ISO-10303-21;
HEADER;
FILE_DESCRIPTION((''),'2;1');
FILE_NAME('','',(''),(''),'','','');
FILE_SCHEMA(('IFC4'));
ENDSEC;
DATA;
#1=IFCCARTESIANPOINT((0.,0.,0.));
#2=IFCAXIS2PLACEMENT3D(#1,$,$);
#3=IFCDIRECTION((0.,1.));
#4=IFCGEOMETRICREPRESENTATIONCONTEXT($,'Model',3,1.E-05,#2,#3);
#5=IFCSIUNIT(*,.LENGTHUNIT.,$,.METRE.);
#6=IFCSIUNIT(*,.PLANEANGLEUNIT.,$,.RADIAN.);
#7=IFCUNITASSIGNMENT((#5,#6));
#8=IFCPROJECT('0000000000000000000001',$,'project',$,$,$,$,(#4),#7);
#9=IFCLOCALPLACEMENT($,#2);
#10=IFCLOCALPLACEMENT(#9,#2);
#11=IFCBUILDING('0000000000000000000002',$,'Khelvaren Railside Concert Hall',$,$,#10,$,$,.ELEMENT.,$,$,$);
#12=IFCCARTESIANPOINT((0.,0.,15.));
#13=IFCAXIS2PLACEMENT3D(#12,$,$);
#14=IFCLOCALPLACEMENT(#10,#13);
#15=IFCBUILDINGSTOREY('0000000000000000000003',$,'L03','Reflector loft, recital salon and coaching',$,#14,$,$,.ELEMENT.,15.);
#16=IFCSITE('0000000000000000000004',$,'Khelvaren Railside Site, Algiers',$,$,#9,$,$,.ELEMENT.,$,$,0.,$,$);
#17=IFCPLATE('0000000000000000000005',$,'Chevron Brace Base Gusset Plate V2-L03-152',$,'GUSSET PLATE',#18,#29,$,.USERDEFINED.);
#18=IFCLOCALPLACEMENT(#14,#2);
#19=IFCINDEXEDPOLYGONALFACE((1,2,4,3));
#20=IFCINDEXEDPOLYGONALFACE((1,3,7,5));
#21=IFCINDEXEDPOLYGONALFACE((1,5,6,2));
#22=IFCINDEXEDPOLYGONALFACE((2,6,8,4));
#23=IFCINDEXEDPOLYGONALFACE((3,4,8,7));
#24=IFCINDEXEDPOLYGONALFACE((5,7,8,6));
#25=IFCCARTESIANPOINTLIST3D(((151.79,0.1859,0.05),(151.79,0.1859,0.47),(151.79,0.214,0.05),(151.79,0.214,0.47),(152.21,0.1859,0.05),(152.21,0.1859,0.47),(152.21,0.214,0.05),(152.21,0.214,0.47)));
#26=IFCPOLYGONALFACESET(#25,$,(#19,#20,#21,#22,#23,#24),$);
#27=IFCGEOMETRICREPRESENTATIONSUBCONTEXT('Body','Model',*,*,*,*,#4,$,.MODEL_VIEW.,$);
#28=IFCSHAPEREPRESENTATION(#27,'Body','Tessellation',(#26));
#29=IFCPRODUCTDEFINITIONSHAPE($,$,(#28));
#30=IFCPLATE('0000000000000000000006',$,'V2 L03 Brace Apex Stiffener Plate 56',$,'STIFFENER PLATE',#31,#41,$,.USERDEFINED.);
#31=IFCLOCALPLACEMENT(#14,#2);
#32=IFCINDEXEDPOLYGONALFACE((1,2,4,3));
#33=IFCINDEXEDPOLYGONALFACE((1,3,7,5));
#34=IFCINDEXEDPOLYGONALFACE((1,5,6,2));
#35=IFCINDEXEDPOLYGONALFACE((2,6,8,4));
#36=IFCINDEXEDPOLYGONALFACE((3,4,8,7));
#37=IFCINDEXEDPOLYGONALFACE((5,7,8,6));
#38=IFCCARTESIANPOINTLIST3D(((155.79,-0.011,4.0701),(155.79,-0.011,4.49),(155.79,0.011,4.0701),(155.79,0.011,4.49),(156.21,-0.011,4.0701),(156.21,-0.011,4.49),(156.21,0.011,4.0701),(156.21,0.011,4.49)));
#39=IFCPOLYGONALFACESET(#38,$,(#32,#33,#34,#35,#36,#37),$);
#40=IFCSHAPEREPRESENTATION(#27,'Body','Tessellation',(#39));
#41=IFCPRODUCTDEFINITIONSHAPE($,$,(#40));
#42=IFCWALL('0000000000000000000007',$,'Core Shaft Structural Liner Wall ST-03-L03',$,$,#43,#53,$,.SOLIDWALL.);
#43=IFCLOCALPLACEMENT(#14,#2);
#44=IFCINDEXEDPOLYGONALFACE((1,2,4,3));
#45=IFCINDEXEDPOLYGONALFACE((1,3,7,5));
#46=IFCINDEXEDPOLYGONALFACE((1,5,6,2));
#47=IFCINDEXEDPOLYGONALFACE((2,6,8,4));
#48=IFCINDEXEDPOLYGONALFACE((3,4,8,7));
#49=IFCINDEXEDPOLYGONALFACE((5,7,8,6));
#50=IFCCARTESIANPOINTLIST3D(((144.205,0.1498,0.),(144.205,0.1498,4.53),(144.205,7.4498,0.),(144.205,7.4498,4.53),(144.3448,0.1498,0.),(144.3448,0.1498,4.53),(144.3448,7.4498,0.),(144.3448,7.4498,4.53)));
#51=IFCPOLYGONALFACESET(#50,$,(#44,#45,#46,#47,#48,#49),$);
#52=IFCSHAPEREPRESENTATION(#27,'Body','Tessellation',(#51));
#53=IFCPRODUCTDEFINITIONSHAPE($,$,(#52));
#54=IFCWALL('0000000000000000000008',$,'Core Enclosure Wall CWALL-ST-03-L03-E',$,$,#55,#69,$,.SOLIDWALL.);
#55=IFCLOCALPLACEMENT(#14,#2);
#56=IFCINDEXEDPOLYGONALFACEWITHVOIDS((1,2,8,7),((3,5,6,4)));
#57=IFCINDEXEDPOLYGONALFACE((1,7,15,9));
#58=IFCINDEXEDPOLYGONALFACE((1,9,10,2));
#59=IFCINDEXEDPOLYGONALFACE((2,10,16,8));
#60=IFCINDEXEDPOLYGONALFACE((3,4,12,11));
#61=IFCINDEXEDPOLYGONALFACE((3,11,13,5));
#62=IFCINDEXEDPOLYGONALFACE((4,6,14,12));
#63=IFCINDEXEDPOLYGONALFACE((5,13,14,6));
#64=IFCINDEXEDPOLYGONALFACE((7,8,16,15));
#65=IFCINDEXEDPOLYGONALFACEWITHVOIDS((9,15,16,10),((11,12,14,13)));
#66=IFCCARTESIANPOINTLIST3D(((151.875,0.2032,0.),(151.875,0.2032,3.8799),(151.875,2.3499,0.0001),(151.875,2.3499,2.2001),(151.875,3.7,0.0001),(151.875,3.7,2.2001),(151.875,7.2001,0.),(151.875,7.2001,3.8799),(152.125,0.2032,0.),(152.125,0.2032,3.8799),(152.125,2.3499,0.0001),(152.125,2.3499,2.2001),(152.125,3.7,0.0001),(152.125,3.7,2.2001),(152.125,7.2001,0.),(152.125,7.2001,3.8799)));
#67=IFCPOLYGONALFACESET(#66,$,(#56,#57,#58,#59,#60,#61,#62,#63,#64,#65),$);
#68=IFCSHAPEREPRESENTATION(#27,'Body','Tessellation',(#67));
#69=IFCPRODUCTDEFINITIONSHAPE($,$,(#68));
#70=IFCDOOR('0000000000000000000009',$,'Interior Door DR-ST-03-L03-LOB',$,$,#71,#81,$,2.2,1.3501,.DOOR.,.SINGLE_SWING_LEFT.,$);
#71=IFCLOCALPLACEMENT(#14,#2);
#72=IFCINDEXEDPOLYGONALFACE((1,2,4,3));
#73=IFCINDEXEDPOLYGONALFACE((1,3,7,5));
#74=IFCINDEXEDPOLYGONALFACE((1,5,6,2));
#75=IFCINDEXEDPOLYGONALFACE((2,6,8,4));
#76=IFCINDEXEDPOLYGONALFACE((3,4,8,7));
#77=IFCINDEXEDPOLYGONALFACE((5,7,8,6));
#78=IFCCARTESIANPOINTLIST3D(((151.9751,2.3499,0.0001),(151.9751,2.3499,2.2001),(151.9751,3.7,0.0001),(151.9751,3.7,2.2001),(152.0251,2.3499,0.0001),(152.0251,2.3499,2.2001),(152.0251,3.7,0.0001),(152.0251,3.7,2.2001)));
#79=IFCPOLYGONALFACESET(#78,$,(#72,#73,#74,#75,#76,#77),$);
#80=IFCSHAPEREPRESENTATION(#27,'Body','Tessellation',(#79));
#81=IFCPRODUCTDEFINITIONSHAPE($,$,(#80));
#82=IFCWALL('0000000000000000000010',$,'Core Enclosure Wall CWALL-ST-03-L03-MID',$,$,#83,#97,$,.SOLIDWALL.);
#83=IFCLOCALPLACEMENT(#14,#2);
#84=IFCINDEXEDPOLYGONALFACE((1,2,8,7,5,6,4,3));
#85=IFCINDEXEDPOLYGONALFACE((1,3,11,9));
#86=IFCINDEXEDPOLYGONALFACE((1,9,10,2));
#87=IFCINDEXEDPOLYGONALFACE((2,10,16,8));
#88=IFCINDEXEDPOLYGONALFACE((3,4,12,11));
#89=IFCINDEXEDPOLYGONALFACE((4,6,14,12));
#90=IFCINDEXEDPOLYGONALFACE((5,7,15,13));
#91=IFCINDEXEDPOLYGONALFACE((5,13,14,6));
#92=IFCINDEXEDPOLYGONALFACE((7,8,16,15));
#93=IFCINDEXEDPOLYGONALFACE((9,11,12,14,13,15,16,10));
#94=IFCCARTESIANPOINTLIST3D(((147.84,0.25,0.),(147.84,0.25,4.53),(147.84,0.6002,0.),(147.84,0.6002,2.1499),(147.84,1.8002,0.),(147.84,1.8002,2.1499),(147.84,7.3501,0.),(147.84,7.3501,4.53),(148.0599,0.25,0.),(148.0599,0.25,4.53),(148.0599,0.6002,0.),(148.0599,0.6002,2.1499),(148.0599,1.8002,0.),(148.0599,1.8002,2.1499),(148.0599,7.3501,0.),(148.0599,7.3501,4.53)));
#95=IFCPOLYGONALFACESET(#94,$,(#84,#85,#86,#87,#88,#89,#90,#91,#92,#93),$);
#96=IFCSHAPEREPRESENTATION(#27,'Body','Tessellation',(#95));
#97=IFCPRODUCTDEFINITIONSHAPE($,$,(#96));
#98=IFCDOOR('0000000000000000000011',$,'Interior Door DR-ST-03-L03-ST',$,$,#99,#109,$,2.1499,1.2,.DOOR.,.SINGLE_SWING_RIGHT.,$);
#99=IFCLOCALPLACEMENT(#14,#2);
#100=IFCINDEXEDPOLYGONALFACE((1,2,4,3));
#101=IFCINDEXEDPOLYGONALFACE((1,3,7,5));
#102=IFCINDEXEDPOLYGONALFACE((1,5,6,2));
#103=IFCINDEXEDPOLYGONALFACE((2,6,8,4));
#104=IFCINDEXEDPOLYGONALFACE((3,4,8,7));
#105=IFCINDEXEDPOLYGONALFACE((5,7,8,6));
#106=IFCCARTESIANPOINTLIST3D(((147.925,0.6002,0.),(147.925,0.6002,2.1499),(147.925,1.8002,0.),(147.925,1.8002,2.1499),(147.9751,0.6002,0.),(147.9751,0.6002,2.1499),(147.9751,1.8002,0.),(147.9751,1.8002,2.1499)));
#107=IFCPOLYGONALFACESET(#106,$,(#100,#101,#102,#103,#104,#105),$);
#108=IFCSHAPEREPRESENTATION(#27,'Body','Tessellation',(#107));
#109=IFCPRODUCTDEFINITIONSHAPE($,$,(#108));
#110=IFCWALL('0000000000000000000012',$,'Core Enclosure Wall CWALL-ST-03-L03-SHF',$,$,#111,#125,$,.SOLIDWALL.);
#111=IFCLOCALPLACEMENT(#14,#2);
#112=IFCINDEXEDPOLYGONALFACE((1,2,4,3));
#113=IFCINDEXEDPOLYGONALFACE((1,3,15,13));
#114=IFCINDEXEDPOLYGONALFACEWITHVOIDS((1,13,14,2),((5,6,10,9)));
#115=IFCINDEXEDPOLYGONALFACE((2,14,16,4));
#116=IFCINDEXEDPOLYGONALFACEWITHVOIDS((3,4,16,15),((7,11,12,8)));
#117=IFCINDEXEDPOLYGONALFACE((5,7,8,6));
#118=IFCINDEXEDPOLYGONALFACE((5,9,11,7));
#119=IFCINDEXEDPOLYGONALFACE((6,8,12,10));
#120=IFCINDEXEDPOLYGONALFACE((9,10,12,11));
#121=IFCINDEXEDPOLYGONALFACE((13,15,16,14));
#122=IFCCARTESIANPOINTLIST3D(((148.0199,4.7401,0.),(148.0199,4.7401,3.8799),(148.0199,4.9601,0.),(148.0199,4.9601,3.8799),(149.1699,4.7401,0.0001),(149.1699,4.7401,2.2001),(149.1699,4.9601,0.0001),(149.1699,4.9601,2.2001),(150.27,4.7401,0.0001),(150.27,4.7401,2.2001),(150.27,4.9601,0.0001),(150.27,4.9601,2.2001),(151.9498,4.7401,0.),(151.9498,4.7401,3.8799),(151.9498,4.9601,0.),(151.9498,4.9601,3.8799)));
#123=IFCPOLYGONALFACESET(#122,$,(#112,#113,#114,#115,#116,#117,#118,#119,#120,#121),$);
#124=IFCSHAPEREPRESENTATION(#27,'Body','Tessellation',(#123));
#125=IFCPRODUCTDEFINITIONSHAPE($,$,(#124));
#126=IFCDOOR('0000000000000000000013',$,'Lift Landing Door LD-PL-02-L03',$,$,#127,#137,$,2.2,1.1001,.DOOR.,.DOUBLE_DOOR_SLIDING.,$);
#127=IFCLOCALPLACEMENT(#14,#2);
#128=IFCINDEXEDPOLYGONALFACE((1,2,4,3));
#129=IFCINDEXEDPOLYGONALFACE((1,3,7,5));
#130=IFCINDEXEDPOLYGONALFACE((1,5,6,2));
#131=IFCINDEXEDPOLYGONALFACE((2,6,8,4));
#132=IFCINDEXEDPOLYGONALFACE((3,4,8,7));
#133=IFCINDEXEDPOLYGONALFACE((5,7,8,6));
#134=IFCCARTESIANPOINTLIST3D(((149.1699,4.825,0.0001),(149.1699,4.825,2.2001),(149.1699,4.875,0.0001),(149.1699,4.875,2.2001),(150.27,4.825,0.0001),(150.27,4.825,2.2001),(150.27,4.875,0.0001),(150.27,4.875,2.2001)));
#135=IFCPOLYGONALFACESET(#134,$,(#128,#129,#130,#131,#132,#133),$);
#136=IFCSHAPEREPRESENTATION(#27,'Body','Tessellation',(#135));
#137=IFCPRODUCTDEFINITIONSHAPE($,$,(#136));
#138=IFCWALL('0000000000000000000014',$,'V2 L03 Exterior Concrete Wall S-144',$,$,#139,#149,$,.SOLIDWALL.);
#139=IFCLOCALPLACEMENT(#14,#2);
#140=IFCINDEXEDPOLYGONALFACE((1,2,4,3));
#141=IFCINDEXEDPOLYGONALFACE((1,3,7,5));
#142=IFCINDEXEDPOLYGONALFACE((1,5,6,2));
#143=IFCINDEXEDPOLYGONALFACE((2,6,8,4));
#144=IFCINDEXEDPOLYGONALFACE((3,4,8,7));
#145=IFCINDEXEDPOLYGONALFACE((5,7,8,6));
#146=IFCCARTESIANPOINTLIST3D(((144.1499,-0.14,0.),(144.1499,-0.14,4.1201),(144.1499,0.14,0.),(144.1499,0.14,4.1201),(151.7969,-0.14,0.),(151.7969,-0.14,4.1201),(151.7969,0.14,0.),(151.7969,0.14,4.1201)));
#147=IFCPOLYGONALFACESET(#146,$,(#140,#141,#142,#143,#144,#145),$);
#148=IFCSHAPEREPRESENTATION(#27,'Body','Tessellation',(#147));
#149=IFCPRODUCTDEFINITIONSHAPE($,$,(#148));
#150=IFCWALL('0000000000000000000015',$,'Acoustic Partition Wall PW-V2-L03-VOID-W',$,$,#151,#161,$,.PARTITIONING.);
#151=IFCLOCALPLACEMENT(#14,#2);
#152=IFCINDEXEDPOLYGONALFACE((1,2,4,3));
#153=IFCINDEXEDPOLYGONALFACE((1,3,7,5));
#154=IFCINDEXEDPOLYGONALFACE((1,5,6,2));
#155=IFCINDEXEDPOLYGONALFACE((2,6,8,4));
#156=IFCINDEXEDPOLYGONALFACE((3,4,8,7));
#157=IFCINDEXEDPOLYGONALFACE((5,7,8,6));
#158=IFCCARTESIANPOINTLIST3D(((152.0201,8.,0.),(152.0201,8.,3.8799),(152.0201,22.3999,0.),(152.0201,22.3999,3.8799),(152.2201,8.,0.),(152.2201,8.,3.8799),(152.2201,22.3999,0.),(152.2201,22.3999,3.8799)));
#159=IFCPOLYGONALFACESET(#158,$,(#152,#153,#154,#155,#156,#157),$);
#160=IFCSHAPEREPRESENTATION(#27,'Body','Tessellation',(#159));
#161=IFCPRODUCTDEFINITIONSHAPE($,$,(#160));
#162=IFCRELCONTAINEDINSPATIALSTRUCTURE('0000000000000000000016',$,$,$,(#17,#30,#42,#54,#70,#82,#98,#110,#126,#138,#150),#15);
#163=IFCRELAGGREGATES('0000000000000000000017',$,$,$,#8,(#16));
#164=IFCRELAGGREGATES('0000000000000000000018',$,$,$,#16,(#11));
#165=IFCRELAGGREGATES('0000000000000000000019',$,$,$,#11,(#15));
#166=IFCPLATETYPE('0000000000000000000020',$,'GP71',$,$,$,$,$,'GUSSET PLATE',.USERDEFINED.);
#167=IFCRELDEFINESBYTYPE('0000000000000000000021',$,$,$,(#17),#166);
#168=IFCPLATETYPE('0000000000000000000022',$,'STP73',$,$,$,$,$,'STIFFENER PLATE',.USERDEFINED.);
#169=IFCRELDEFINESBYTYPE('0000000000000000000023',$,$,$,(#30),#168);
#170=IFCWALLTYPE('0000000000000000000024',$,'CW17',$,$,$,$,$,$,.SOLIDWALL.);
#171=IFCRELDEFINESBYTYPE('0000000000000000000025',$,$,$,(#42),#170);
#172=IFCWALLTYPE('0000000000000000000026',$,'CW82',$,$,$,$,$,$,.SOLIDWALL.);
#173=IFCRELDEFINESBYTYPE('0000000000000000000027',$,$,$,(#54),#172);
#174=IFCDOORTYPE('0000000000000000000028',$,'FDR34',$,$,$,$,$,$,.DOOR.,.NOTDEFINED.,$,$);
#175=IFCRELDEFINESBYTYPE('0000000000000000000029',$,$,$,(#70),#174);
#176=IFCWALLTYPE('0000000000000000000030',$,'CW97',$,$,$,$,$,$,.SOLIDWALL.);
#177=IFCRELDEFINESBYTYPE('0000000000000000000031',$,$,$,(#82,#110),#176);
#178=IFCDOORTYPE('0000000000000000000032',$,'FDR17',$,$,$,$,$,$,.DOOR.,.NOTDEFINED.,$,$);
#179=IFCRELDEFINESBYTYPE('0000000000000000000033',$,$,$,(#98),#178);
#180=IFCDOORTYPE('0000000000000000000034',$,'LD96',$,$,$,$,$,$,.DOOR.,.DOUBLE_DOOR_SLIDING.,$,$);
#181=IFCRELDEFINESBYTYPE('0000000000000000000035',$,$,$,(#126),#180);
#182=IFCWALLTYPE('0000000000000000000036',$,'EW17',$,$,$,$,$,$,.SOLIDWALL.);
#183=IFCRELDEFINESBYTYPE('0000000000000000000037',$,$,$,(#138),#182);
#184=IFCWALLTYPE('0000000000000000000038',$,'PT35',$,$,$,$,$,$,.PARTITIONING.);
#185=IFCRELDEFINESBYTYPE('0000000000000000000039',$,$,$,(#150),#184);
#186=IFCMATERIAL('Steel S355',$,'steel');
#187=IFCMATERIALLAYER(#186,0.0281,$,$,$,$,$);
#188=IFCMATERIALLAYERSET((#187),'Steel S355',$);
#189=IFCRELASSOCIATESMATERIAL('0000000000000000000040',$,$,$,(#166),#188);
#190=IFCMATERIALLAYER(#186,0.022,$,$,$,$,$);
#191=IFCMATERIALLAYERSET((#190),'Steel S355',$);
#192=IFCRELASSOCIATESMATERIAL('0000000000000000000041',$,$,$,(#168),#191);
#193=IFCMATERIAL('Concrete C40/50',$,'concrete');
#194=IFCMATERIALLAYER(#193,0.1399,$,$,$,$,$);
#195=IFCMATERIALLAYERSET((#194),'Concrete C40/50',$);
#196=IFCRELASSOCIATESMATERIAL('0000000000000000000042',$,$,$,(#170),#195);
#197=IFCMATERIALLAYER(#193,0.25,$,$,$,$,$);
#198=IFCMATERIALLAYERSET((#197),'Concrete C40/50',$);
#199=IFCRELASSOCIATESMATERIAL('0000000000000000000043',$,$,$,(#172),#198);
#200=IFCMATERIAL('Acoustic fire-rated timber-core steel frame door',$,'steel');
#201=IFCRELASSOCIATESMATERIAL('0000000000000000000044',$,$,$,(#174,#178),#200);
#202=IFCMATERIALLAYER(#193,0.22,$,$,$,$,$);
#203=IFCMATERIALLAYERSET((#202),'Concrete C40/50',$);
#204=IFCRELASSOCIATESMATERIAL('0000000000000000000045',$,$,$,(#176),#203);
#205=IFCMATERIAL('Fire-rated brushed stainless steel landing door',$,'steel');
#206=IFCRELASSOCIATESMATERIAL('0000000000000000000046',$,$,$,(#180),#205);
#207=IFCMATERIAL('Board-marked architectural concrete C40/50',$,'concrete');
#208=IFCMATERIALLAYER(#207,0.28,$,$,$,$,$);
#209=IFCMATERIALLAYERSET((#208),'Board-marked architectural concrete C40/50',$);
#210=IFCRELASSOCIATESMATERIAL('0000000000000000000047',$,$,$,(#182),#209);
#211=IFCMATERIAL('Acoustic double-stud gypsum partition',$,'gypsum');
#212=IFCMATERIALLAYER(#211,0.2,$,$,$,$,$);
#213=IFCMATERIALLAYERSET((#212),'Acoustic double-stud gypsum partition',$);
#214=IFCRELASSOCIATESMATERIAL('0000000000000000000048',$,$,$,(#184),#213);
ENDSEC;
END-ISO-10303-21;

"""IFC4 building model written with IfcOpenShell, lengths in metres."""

from ifc_helpers import new_model, si_unit, direction, frame, frame_2d, origin, origin_2d, place, context, subcontext, project, spatial, rectangle, extrude, material, layer, layer_set, type_object, element, fill, save


model = new_model("IFC4")

# Units and contexts
model_context = context("Model", 3, precision=1e-05, world=origin(), true_north=direction((0.0, 1.0)))
body_context = subcontext(model_context, "Body", "Model", "MODEL_VIEW")
ifc_project = project(units=[si_unit("LENGTHUNIT", "METRE"), si_unit("PLANEANGLEUNIT", "RADIAN")], contexts=[model_context])

# Site, building, storey
site_placement = place(None, origin())
site = spatial("IfcSite", under=ifc_project, at=site_placement, Name="Khelvaren Railside Site, Algiers", CompositionType="ELEMENT", RefElevation=0.0)
building_placement = place(site_placement, origin())
building = spatial("IfcBuilding", under=site, at=building_placement, Name="Khelvaren Railside Concert Hall", CompositionType="ELEMENT")
storey_placement = place(building_placement, frame((0.0, 0.0, 15.0)))
storey = spatial("IfcBuildingStorey", under=building, at=storey_placement, Name="L03", Description="Reflector loft, recital salon and coaching", CompositionType="ELEMENT", Elevation=15.0)

# Shared definitions
ifc_material_1 = material(Name="Steel S355", Category="steel")

# Shared definitions
ifc_material_2 = material(Name="Concrete C40/50", Category="concrete")

# Plates
ifc_layer_1 = layer(ifc_material_1, 0.0281)
ifc_layer_set_1 = layer_set([ifc_layer_1], Name="Steel S355")
plate_type_1 = type_object("IfcPlateType", Name="GP71", ElementType="GUSSET PLATE", PredefinedType="USERDEFINED", material=ifc_layer_set_1)
plate_1_placement = place(storey_placement, frame((152.0, 0.2, 0.05), z_axis=(0.0, 0.0, 1.0), x_axis=(1.0, 0.0, 0.0)))
element("IfcPlate", 1, at=plate_1_placement, inside=storey, type_object=plate_type_1, Name="Chevron Brace Base Gusset Plate V2-L03-152", ObjectType="GUSSET PLATE", PredefinedType="USERDEFINED", context=body_context, shape_type="SweptSolid", body=[
    extrude(rectangle(XDim=0.4199, YDim=0.0281, at=origin_2d()), origin(), (0.0, 0.0, 1.0), 0.4199),
])
ifc_layer_2 = layer(ifc_material_1, 0.022)
ifc_layer_set_2 = layer_set([ifc_layer_2], Name="Steel S355")
plate_type_2 = type_object("IfcPlateType", Name="STP73", ElementType="STIFFENER PLATE", PredefinedType="USERDEFINED", material=ifc_layer_set_2)
plate_2_placement = place(storey_placement, frame((156.0, 0.0, 4.0701), z_axis=(0.0, 0.0, 1.0), x_axis=(1.0, 0.0, 0.0)))
element("IfcPlate", 2, at=plate_2_placement, inside=storey, type_object=plate_type_2, Name="V2 L03 Brace Apex Stiffener Plate 56", ObjectType="STIFFENER PLATE", PredefinedType="USERDEFINED", context=body_context, shape_type="SweptSolid", body=[
    extrude(rectangle(XDim=0.4199, YDim=0.022, at=origin_2d()), origin(), (0.0, 0.0, 1.0), 0.4199),
])

# Wall
ifc_layer_3 = layer(ifc_material_2, 0.1399)
ifc_layer_set_3 = layer_set([ifc_layer_3], Name="Concrete C40/50")
wall_type_1 = type_object("IfcWallType", Name="CW17", PredefinedType="SOLIDWALL", material=ifc_layer_set_3)
wall_1_placement = place(storey_placement, frame((144.2749, 0.1499, 0.0), z_axis=(0.0, 0.0, 1.0), x_axis=(0.0, 1.0, 0.0)))
element("IfcWall", 3, at=wall_1_placement, inside=storey, type_object=wall_type_1, Name="Core Shaft Structural Liner Wall ST-03-L03", PredefinedType="SOLIDWALL", context=body_context, shape_type="SweptSolid", body=[
    extrude(rectangle(XDim=7.3, YDim=0.1399, at=frame_2d((3.6499, 0.0))), origin(), (0.0, 0.0, 1.0), 4.53),
])

# Walls, openings, doors
ifc_layer_4 = layer(ifc_material_2, 0.25)
ifc_layer_set_4 = layer_set([ifc_layer_4], Name="Concrete C40/50")
wall_type_2 = type_object("IfcWallType", Name="CW82", PredefinedType="SOLIDWALL", material=ifc_layer_set_4)
wall_2_placement = place(storey_placement, frame((152.0, 0.2031, 0.0), z_axis=(0.0, 0.0, 1.0), x_axis=(0.0, 1.0, 0.0)))
wall_2 = element("IfcWall", 4, at=wall_2_placement, inside=storey, type_object=wall_type_2, Name="Core Enclosure Wall CWALL-ST-03-L03-E", PredefinedType="SOLIDWALL", context=body_context, shape_type="SweptSolid", body=[
    extrude(rectangle(XDim=6.9968, YDim=0.25, at=frame_2d((3.4985, 0.0))), origin(), (0.0, 0.0, 1.0), 3.8799),
])
opening_1_placement = place(wall_2_placement, frame((2.1467, 0.0, 0.0)))
opening_1 = element("IfcOpeningElement", 5, at=opening_1_placement, cuts=wall_2, PredefinedType="OPENING", context=body_context, shape_type="SweptSolid", body=[
    extrude(rectangle(XDim=1.3501, YDim=2.2, at=frame_2d((0.675, 1.1001))), frame((0.0, 0.135, 0.0), z_axis=(0.0, -1.0, 0.0), x_axis=(1.0, 0.0, 0.0)), (0.0, 0.0, 1.0), 0.27),
])
ifc_material_3 = material(Name="Acoustic fire-rated timber-core steel frame door", Category="steel")
door_type_1 = type_object("IfcDoorType", Name="FDR34", OperationType="NOTDEFINED", PredefinedType="DOOR", material=ifc_material_3)
door_1_placement = place(opening_1_placement, origin())
door_1 = element("IfcDoor", 6, at=door_1_placement, inside=storey, type_object=door_type_1, Name="Interior Door DR-ST-03-L03-LOB", OperationType="SINGLE_SWING_LEFT", OverallHeight=2.2, OverallWidth=1.3501, PredefinedType="DOOR", context=body_context, shape_type="SweptSolid", body=[
    extrude(rectangle(XDim=1.3501, YDim=2.2, at=frame_2d((0.675, 1.1001))), frame((0.0, 0.0249, 0.0), z_axis=(0.0, -1.0, 0.0), x_axis=(1.0, 0.0, 0.0)), (0.0, 0.0, 1.0), 0.05),
])
fill(opening_1, door_1)
ifc_layer_5 = layer(ifc_material_2, 0.22)
ifc_layer_set_5 = layer_set([ifc_layer_5], Name="Concrete C40/50")
wall_type_3 = type_object("IfcWallType", Name="CW97", PredefinedType="SOLIDWALL", material=ifc_layer_set_5)
wall_3_placement = place(storey_placement, frame((147.95, 0.25, 0.0), z_axis=(0.0, 0.0, 1.0), x_axis=(0.0, 1.0, 0.0)))
wall_3 = element("IfcWall", 7, at=wall_3_placement, inside=storey, type_object=wall_type_3, Name="Core Enclosure Wall CWALL-ST-03-L03-MID", PredefinedType="SOLIDWALL", context=body_context, shape_type="SweptSolid", body=[
    extrude(rectangle(XDim=7.1001, YDim=0.22, at=frame_2d((3.55, 0.0))), origin(), (0.0, 0.0, 1.0), 4.53),
])
opening_2_placement = place(wall_3_placement, frame((0.3501, 0.0, 0.0)))
opening_2 = element("IfcOpeningElement", 8, at=opening_2_placement, cuts=wall_3, PredefinedType="OPENING", context=body_context, shape_type="SweptSolid", body=[
    extrude(rectangle(XDim=1.2, YDim=2.1499, at=frame_2d((0.6001, 1.075))), frame((0.0, 0.1199, 0.0), z_axis=(0.0, -1.0, 0.0), x_axis=(1.0, 0.0, 0.0)), (0.0, 0.0, 1.0), 0.24),
])
door_type_2 = type_object("IfcDoorType", Name="FDR17", OperationType="NOTDEFINED", PredefinedType="DOOR", material=ifc_material_3)
door_2_placement = place(opening_2_placement, origin())
door_2 = element("IfcDoor", 9, at=door_2_placement, inside=storey, type_object=door_type_2, Name="Interior Door DR-ST-03-L03-ST", OperationType="SINGLE_SWING_RIGHT", OverallHeight=2.1499, OverallWidth=1.2, PredefinedType="DOOR", context=body_context, shape_type="SweptSolid", body=[
    extrude(rectangle(XDim=1.2, YDim=2.1499, at=frame_2d((0.6001, 1.075))), frame((0.0, 0.0249, 0.0), z_axis=(0.0, -1.0, 0.0), x_axis=(1.0, 0.0, 0.0)), (0.0, 0.0, 1.0), 0.05),
])
fill(opening_2, door_2)
wall_4_placement = place(storey_placement, frame((148.02, 4.8501, 0.0), z_axis=(0.0, 0.0, 1.0), x_axis=(1.0, 0.0, 0.0)))
wall_4 = element("IfcWall", 10, at=wall_4_placement, inside=storey, type_object=wall_type_3, Name="Core Enclosure Wall CWALL-ST-03-L03-SHF", PredefinedType="SOLIDWALL", context=body_context, shape_type="SweptSolid", body=[
    extrude(rectangle(XDim=3.9299, YDim=0.22, at=frame_2d((1.9648, 0.0))), origin(), (0.0, 0.0, 1.0), 3.8799),
])
opening_3_placement = place(wall_4_placement, frame((1.1499, 0.0, 0.0)))
opening_3 = element("IfcOpeningElement", 11, at=opening_3_placement, cuts=wall_4, PredefinedType="OPENING", context=body_context, shape_type="SweptSolid", body=[
    extrude(rectangle(XDim=1.1001, YDim=2.2, at=frame_2d((0.55, 1.1001))), frame((0.0, 0.1199, 0.0), z_axis=(0.0, -1.0, 0.0), x_axis=(1.0, 0.0, 0.0)), (0.0, 0.0, 1.0), 0.24),
])
ifc_material_4 = material(Name="Fire-rated brushed stainless steel landing door", Category="steel")
door_type_3 = type_object("IfcDoorType", Name="LD96", OperationType="DOUBLE_DOOR_SLIDING", PredefinedType="DOOR", material=ifc_material_4)
door_3_placement = place(opening_3_placement, origin())
door_3 = element("IfcDoor", 12, at=door_3_placement, inside=storey, type_object=door_type_3, Name="Lift Landing Door LD-PL-02-L03", OperationType="DOUBLE_DOOR_SLIDING", OverallHeight=2.2, OverallWidth=1.1001, PredefinedType="DOOR", context=body_context, shape_type="SweptSolid", body=[
    extrude(rectangle(XDim=1.1001, YDim=2.2, at=frame_2d((0.55, 1.1001))), frame((0.0, 0.0249, 0.0), z_axis=(0.0, -1.0, 0.0), x_axis=(1.0, 0.0, 0.0)), (0.0, 0.0, 1.0), 0.05),
])
fill(opening_3, door_3)

# Walls
ifc_material_5 = material(Name="Board-marked architectural concrete C40/50", Category="concrete")
ifc_layer_6 = layer(ifc_material_5, 0.28)
ifc_layer_set_6 = layer_set([ifc_layer_6], Name="Board-marked architectural concrete C40/50")
wall_type_4 = type_object("IfcWallType", Name="EW17", PredefinedType="SOLIDWALL", material=ifc_layer_set_6)
wall_5_placement = place(storey_placement, frame((151.7969, 0.0, 0.0), z_axis=(0.0, 0.0, 1.0), x_axis=(-1.0, 0.0, 0.0)))
element("IfcWall", 13, at=wall_5_placement, inside=storey, type_object=wall_type_4, Name="V2 L03 Exterior Concrete Wall S-144", PredefinedType="SOLIDWALL", context=body_context, shape_type="SweptSolid", body=[
    extrude(rectangle(XDim=7.647, YDim=0.28, at=frame_2d((3.8235, 0.0))), origin(), (0.0, 0.0, 1.0), 4.1201),
])
ifc_material_6 = material(Name="Acoustic double-stud gypsum partition", Category="gypsum")
ifc_layer_7 = layer(ifc_material_6, 0.2)
ifc_layer_set_7 = layer_set([ifc_layer_7], Name="Acoustic double-stud gypsum partition")
wall_type_5 = type_object("IfcWallType", Name="PT35", PredefinedType="PARTITIONING", material=ifc_layer_set_7)
wall_6_placement = place(storey_placement, frame((152.1201, 8.0, 0.0), z_axis=(0.0, 0.0, 1.0), x_axis=(0.0, 1.0, 0.0)))
element("IfcWall", 14, at=wall_6_placement, inside=storey, type_object=wall_type_5, Name="Acoustic Partition Wall PW-V2-L03-VOID-W", PredefinedType="PARTITIONING", context=body_context, shape_type="SweptSolid", body=[
    extrude(rectangle(XDim=14.3999, YDim=0.2, at=frame_2d((7.2, 0.0))), origin(), (0.0, 0.0, 1.0), 3.8799),
])

save(model, "model.ifc")
